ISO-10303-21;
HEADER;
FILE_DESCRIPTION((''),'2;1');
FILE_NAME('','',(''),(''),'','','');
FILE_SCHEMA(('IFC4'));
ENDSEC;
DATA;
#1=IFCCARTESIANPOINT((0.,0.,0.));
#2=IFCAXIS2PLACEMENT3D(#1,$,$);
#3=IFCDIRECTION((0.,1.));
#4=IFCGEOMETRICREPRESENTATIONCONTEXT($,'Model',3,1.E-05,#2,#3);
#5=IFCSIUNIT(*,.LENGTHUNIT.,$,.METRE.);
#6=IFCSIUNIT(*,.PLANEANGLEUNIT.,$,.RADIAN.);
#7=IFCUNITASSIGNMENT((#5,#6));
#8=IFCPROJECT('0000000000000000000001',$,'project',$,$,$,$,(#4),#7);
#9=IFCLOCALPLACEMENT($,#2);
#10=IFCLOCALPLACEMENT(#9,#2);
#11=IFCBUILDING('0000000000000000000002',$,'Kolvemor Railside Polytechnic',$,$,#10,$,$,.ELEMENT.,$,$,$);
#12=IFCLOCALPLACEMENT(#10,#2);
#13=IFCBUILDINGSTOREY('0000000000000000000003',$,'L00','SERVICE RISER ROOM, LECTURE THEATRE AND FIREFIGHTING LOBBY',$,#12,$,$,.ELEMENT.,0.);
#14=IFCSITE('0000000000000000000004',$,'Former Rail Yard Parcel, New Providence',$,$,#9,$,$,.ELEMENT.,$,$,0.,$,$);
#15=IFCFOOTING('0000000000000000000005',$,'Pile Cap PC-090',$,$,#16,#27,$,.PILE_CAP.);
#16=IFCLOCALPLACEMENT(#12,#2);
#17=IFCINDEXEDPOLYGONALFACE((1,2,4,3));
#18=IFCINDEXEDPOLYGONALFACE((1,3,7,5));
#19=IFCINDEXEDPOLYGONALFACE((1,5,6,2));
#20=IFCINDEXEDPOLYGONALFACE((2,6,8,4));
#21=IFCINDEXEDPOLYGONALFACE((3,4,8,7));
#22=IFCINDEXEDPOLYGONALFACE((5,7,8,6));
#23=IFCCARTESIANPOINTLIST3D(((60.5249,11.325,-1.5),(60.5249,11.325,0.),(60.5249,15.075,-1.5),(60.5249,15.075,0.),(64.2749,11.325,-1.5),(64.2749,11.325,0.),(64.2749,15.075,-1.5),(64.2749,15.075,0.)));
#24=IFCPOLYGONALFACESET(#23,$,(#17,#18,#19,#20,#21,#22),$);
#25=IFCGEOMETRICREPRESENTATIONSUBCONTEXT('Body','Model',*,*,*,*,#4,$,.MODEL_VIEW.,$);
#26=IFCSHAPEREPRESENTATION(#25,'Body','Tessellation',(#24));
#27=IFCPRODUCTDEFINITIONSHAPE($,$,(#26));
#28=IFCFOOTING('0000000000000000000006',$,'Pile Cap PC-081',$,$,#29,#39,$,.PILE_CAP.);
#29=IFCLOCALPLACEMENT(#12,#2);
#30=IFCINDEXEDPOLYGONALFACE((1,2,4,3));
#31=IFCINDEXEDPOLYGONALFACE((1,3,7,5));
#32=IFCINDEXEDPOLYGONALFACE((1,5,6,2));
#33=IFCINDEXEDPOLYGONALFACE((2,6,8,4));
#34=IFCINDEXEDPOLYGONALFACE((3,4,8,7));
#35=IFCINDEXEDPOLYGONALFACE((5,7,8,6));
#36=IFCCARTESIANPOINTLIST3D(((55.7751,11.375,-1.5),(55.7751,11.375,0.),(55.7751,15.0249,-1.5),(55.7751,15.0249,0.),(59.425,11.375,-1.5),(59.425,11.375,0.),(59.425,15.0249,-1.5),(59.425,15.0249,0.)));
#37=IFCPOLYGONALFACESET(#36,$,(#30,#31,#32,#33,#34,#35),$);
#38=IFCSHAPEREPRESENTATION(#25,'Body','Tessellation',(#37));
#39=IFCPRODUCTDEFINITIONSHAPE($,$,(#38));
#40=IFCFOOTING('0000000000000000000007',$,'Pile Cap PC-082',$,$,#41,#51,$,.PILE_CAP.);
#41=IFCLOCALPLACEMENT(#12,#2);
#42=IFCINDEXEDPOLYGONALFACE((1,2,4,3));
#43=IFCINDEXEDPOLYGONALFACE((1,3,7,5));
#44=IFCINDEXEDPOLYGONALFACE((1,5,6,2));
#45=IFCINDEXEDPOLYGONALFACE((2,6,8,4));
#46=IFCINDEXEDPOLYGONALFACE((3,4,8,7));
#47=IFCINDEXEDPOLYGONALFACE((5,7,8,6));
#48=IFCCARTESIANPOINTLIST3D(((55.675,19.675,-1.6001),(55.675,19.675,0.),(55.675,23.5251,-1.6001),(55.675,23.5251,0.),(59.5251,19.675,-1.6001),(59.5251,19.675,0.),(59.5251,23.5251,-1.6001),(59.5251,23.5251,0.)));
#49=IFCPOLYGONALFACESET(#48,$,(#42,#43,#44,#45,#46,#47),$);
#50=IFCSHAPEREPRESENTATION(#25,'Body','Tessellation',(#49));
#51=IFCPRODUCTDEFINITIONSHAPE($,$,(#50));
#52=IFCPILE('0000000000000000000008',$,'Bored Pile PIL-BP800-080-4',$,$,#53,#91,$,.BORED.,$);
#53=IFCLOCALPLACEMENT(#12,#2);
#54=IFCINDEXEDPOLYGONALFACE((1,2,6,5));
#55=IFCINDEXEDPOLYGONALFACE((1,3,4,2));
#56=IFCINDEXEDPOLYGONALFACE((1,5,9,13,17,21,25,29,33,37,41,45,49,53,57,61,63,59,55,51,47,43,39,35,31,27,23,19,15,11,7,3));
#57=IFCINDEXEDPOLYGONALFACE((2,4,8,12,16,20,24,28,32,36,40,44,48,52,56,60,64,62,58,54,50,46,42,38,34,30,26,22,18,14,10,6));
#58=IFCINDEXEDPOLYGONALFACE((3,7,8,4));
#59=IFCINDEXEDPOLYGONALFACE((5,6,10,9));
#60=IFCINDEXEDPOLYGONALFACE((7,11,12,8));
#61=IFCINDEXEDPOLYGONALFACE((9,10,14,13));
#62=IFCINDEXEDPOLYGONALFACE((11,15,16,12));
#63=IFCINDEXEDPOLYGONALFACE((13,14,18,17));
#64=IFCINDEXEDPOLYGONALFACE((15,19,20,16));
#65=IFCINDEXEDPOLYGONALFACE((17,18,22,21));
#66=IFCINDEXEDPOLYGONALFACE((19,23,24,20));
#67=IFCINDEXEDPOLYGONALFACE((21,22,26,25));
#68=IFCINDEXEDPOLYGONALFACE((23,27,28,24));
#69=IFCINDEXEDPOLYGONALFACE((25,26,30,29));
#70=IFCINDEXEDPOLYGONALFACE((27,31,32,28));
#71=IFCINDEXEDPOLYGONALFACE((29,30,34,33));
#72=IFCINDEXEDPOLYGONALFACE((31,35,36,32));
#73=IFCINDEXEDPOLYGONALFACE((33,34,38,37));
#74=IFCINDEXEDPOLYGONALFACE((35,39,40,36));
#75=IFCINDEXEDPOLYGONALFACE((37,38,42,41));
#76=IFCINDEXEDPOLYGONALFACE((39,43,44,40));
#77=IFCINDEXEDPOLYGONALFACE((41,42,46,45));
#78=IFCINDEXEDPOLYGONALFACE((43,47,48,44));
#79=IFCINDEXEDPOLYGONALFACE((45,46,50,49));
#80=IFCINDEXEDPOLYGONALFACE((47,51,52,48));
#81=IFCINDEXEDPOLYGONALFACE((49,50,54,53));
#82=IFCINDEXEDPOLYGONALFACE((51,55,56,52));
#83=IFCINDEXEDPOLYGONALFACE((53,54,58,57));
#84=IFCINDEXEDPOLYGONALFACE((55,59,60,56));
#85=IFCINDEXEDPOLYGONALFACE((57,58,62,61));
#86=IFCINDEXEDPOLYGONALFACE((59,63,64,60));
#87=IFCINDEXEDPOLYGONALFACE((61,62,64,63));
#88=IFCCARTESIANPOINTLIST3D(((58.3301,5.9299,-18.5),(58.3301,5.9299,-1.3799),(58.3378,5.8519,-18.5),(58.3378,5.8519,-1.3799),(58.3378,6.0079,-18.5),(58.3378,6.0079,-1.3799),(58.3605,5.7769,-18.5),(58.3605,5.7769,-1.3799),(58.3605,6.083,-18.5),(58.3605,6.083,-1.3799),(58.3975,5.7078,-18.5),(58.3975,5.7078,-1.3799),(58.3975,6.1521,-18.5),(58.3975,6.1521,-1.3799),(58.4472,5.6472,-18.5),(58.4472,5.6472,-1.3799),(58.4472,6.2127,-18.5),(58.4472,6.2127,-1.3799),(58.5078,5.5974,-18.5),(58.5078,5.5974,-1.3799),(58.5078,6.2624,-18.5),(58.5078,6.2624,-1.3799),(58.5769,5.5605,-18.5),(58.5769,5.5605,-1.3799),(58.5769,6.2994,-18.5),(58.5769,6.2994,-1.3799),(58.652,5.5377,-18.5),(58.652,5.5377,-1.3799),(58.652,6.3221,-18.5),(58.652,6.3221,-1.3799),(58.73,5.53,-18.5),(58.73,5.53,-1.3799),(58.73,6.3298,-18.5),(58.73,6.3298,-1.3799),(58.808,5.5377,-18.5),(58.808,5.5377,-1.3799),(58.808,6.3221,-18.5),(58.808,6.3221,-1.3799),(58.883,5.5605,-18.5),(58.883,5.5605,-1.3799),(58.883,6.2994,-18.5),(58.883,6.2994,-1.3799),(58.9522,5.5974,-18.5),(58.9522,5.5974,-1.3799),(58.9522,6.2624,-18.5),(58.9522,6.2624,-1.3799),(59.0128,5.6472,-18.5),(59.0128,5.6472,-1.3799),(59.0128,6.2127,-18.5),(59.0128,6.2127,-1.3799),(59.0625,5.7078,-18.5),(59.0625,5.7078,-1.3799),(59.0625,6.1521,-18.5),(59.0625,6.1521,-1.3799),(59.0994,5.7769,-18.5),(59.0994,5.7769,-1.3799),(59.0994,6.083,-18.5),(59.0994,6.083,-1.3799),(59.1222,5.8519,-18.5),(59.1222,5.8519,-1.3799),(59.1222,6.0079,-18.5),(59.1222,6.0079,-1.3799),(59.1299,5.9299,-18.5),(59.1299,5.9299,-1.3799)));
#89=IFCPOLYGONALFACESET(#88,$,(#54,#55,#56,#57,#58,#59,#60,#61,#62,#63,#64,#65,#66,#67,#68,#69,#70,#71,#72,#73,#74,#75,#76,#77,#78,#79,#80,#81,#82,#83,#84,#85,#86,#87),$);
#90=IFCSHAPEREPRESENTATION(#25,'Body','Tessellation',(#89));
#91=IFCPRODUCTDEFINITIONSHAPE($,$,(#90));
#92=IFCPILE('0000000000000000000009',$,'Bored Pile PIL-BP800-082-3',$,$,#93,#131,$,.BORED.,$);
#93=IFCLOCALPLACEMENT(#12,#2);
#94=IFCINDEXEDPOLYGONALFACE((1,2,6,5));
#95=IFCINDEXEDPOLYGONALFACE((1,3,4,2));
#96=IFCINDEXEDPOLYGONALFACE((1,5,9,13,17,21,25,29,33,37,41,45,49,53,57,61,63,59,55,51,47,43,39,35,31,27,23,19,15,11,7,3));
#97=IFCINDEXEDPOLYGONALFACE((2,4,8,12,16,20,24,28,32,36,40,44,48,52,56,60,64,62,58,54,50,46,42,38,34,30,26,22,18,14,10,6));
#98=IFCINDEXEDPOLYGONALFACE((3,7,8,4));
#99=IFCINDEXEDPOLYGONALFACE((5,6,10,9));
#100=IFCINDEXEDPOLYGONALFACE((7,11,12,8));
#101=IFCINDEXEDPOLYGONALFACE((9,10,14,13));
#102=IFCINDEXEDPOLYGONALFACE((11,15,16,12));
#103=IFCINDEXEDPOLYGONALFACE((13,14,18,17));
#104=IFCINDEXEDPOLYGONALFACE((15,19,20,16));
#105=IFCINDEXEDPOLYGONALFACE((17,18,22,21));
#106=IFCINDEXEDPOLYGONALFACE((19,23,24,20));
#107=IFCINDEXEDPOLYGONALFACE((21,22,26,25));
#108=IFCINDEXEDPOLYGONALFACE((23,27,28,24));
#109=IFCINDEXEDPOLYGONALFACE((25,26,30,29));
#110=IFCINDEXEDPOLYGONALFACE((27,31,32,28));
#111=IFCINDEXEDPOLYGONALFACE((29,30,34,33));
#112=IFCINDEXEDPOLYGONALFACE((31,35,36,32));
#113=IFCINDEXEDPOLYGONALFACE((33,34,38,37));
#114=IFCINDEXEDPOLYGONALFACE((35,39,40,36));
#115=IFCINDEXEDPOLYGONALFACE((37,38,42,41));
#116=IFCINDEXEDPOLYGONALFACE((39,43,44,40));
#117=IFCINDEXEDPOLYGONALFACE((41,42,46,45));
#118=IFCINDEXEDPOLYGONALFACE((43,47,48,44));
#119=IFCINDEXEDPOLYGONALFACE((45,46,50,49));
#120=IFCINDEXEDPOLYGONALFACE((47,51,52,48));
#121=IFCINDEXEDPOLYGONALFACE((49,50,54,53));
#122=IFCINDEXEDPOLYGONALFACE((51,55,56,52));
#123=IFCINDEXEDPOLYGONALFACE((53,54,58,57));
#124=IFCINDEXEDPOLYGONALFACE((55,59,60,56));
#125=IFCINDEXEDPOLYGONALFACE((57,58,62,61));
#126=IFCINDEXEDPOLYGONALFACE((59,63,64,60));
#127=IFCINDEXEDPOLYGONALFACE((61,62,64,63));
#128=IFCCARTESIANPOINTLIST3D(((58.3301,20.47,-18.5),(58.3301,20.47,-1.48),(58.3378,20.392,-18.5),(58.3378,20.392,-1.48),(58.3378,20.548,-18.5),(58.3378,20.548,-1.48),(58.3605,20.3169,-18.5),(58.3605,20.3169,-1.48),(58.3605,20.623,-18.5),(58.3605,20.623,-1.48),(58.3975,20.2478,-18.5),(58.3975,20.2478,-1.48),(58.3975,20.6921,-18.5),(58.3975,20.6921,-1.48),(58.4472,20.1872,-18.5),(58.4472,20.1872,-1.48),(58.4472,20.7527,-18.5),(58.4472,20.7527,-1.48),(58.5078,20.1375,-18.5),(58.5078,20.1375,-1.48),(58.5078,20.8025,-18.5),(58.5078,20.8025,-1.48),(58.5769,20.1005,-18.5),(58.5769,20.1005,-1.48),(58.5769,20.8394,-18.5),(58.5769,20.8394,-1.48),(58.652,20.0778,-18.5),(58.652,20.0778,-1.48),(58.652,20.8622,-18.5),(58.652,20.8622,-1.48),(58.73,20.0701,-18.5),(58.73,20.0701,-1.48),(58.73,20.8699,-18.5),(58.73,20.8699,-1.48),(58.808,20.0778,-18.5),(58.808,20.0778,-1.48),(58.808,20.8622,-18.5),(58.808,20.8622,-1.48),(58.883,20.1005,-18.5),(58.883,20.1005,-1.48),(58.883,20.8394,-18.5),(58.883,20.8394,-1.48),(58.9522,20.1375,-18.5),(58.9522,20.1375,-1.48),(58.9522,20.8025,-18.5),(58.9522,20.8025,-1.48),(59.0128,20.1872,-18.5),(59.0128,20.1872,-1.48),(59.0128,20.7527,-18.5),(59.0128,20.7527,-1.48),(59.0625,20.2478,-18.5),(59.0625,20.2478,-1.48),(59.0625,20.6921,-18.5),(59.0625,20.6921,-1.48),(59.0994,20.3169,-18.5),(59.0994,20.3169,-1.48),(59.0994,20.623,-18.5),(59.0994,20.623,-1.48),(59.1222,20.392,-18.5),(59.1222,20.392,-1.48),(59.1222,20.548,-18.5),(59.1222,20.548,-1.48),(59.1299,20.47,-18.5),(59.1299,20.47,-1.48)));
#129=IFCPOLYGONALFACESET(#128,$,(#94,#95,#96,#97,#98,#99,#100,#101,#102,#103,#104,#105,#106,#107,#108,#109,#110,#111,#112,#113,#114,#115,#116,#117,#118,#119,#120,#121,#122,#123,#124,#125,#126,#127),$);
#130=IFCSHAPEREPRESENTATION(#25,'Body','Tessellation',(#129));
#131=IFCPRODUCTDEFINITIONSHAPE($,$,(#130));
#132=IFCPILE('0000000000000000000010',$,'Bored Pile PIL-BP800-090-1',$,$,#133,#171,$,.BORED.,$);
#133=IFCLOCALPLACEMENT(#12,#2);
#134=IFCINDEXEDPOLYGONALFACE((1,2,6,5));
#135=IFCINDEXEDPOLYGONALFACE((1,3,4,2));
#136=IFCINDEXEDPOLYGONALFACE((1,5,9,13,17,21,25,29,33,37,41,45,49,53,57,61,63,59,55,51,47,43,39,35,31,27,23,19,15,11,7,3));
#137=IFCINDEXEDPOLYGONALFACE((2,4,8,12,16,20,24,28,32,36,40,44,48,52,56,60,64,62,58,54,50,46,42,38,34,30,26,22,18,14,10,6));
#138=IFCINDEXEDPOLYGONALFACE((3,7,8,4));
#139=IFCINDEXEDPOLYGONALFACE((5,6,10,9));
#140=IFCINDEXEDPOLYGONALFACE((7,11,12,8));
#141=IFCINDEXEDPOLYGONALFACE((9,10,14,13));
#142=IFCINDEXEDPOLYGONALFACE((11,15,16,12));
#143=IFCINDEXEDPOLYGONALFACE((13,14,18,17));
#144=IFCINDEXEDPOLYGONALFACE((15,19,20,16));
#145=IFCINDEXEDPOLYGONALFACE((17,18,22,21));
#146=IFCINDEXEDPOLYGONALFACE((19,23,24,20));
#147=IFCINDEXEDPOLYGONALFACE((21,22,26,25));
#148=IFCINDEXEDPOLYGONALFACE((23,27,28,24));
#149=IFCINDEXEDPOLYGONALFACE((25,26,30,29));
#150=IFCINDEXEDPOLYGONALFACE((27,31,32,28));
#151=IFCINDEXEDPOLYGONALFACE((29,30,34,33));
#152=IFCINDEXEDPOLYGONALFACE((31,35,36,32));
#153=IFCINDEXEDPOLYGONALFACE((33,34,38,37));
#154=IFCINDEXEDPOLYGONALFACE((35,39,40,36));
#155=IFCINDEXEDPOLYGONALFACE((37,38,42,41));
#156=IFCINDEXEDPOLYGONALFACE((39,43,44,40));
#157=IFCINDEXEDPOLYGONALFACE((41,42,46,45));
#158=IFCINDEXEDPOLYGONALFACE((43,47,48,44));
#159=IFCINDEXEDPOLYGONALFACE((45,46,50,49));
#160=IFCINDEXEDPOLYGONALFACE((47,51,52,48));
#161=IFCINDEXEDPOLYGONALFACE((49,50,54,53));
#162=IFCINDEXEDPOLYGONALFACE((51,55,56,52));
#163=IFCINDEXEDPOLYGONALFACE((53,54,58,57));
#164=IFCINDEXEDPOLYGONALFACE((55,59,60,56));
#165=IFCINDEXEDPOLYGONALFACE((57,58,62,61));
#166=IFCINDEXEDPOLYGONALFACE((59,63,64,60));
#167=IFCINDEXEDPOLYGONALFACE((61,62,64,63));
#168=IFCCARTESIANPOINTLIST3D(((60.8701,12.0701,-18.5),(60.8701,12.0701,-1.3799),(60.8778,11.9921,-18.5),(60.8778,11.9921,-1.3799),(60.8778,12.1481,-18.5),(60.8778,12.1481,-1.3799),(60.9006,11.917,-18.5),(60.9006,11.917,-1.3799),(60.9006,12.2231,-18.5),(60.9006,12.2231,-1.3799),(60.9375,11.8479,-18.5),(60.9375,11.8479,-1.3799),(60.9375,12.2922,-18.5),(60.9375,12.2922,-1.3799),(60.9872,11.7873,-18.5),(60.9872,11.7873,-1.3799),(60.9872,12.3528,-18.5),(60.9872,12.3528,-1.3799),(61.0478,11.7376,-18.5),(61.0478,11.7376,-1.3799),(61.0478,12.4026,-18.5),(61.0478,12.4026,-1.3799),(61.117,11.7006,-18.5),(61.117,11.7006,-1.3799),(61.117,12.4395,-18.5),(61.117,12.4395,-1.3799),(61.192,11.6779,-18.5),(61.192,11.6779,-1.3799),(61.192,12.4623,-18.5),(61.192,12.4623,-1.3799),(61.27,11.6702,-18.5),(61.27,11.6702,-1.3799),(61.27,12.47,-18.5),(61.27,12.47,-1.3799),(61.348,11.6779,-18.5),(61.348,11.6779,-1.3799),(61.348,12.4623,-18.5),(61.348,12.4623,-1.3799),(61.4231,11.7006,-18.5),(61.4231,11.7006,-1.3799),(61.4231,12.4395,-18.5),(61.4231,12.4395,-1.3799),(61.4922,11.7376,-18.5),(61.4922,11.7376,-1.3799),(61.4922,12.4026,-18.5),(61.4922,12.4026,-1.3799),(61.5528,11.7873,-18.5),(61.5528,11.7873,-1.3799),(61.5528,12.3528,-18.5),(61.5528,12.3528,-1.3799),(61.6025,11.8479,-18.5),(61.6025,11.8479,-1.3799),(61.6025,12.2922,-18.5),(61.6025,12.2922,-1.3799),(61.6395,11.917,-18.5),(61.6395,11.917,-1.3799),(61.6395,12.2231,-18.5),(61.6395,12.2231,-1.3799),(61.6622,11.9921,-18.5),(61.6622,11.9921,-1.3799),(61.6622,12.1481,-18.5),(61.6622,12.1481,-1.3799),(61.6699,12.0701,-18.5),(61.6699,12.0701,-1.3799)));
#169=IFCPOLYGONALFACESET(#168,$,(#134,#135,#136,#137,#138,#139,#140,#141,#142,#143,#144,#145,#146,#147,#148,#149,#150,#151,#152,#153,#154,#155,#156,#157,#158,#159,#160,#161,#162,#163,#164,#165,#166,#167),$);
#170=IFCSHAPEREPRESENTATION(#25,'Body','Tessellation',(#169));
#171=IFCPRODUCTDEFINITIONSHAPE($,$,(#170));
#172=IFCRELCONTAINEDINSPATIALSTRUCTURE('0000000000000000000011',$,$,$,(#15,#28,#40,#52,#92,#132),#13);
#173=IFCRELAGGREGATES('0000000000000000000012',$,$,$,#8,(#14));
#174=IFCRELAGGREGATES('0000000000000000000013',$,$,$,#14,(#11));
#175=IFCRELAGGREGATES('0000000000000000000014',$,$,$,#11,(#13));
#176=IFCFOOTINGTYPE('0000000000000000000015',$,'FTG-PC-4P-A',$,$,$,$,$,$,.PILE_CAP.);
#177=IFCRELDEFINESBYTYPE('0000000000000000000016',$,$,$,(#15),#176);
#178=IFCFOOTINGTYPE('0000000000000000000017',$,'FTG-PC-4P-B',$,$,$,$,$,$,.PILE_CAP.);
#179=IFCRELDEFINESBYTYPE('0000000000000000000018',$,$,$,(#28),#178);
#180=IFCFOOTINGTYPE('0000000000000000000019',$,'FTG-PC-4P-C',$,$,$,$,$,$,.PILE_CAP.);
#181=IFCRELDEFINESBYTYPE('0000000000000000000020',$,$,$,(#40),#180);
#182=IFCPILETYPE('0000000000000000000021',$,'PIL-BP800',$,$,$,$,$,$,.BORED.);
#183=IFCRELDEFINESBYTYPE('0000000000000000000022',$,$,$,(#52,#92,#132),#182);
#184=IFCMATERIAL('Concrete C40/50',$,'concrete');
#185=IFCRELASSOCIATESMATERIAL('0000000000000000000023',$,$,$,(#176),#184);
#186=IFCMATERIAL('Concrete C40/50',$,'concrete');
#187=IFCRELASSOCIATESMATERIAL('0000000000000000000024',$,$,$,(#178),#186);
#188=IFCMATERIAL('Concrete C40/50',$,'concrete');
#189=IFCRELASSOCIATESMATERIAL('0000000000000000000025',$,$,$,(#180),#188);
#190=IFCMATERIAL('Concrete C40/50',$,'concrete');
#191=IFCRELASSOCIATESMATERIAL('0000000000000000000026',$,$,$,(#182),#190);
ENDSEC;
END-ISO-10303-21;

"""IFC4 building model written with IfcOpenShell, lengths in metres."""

from ifc_helpers import new_model, si_unit, direction, frame, origin, origin_2d, place, context, subcontext, project, spatial, rectangle, circle, extrude, material, material_profile, profile_set, type_object, element, save


model = new_model("IFC4")

# Units and contexts
model_context = context("Model", 3, precision=1e-05, world=origin(), true_north=direction((0.0, 1.0)))
body_context = subcontext(model_context, "Body", "Model", "MODEL_VIEW")
ifc_project = project(units=[si_unit("LENGTHUNIT", "METRE"), si_unit("PLANEANGLEUNIT", "RADIAN")], contexts=[model_context])

# Site, building, storey
site_placement = place(None, origin())
site = spatial("IfcSite", under=ifc_project, at=site_placement, Name="Former Rail Yard Parcel, New Providence", CompositionType="ELEMENT", RefElevation=0.0)
building_placement = place(site_placement, origin())
building = spatial("IfcBuilding", under=site, at=building_placement, Name="Kolvemor Railside Polytechnic", CompositionType="ELEMENT")
storey_placement = place(building_placement, origin())
storey = spatial("IfcBuildingStorey", under=building, at=storey_placement, Name="L00", Description="SERVICE RISER ROOM, LECTURE THEATRE AND FIREFIGHTING LOBBY", CompositionType="ELEMENT", Elevation=0.0)

# Footings
ifc_material_1 = material(Name="Concrete C40/50", Category="concrete")
footing_type_1 = type_object("IfcFootingType", Name="FTG-PC-4P-A", PredefinedType="PILE_CAP", material=ifc_material_1)
footing_1_placement = place(storey_placement, frame((62.3999, 13.2, -1.5), z_axis=(0.0, 0.0, 1.0), x_axis=(1.0, 0.0, 0.0)))
element("IfcFooting", 1, at=footing_1_placement, inside=storey, type_object=footing_type_1, Name="Pile Cap PC-090", PredefinedType="PILE_CAP", context=body_context, shape_type="SweptSolid", body=[
    extrude(rectangle(XDim=3.75, YDim=3.75, at=origin_2d()), origin(), (0.0, 0.0, 1.0), 1.5),
])
ifc_material_2 = material(Name="Concrete C40/50", Category="concrete")
footing_type_2 = type_object("IfcFootingType", Name="FTG-PC-4P-B", PredefinedType="PILE_CAP", material=ifc_material_2)
footing_2_placement = place(storey_placement, frame((57.6001, 13.2, -1.5), z_axis=(0.0, 0.0, 1.0), x_axis=(1.0, 0.0, 0.0)))
element("IfcFooting", 2, at=footing_2_placement, inside=storey, type_object=footing_type_2, Name="Pile Cap PC-081", PredefinedType="PILE_CAP", context=body_context, shape_type="SweptSolid", body=[
    extrude(rectangle(XDim=3.6499, YDim=3.6499, at=origin_2d()), origin(), (0.0, 0.0, 1.0), 1.5),
])
ifc_material_3 = material(Name="Concrete C40/50", Category="concrete")
footing_type_3 = type_object("IfcFootingType", Name="FTG-PC-4P-C", PredefinedType="PILE_CAP", material=ifc_material_3)
footing_3_placement = place(storey_placement, frame((57.6001, 21.6001, -1.6001), z_axis=(0.0, 0.0, 1.0), x_axis=(1.0, 0.0, 0.0)))
element("IfcFooting", 3, at=footing_3_placement, inside=storey, type_object=footing_type_3, Name="Pile Cap PC-082", PredefinedType="PILE_CAP", context=body_context, shape_type="SweptSolid", body=[
    extrude(rectangle(XDim=3.8501, YDim=3.8501, at=origin_2d()), origin(), (0.0, 0.0, 1.0), 1.6001),
])

# Piles
ifc_material_4 = material(Name="Concrete C40/50", Category="concrete")
ifc_material_profile_1 = material_profile(ifc_material_4, circle(Radius=0.3999, at=origin_2d()), Name="BP800")
ifc_profile_set_1 = profile_set([ifc_material_profile_1], Name="Concrete C40/50")
pile_type_1 = type_object("IfcPileType", Name="PIL-BP800", PredefinedType="BORED", material=ifc_profile_set_1)
pile_1_placement = place(storey_placement, frame((58.73, 5.9299, -1.3799), z_axis=(0.0, 0.0, -1.0), x_axis=(1.0, 0.0, 0.0)))
element("IfcPile", 4, at=pile_1_placement, inside=storey, type_object=pile_type_1, Name="Bored Pile PIL-BP800-080-4", PredefinedType="BORED", context=body_context, shape_type="SweptSolid", body=[
    extrude(circle(Radius=0.3999, at=origin_2d()), origin(), (0.0, 0.0, 1.0), 17.1201),
])
pile_2_placement = place(storey_placement, frame((58.73, 20.47, -1.48), z_axis=(0.0, 0.0, -1.0), x_axis=(1.0, 0.0, 0.0)))
element("IfcPile", 5, at=pile_2_placement, inside=storey, type_object=pile_type_1, Name="Bored Pile PIL-BP800-082-3", PredefinedType="BORED", context=body_context, shape_type="SweptSolid", body=[
    extrude(circle(Radius=0.3999, at=origin_2d()), origin(), (0.0, 0.0, 1.0), 17.02),
])
for number, where, z_axis, x_axis, name in (
    (6, (61.27, 12.0701, -1.3799), (0.0, 0.0, -1.0), (1.0, 0.0, 0.0), "Bored Pile PIL-BP800-090-1"),
):
    element("IfcPile", number, at=place(storey_placement, frame(where, z_axis=z_axis, x_axis=x_axis)), inside=storey, type_object=pile_type_1, Name=name, PredefinedType="BORED", context=body_context, shape_type="SweptSolid", body=[
        extrude(circle(Radius=0.3999, at=origin_2d()), origin(), (0.0, 0.0, 1.0), 17.1201),
    ])

save(model, "model.ifc")
